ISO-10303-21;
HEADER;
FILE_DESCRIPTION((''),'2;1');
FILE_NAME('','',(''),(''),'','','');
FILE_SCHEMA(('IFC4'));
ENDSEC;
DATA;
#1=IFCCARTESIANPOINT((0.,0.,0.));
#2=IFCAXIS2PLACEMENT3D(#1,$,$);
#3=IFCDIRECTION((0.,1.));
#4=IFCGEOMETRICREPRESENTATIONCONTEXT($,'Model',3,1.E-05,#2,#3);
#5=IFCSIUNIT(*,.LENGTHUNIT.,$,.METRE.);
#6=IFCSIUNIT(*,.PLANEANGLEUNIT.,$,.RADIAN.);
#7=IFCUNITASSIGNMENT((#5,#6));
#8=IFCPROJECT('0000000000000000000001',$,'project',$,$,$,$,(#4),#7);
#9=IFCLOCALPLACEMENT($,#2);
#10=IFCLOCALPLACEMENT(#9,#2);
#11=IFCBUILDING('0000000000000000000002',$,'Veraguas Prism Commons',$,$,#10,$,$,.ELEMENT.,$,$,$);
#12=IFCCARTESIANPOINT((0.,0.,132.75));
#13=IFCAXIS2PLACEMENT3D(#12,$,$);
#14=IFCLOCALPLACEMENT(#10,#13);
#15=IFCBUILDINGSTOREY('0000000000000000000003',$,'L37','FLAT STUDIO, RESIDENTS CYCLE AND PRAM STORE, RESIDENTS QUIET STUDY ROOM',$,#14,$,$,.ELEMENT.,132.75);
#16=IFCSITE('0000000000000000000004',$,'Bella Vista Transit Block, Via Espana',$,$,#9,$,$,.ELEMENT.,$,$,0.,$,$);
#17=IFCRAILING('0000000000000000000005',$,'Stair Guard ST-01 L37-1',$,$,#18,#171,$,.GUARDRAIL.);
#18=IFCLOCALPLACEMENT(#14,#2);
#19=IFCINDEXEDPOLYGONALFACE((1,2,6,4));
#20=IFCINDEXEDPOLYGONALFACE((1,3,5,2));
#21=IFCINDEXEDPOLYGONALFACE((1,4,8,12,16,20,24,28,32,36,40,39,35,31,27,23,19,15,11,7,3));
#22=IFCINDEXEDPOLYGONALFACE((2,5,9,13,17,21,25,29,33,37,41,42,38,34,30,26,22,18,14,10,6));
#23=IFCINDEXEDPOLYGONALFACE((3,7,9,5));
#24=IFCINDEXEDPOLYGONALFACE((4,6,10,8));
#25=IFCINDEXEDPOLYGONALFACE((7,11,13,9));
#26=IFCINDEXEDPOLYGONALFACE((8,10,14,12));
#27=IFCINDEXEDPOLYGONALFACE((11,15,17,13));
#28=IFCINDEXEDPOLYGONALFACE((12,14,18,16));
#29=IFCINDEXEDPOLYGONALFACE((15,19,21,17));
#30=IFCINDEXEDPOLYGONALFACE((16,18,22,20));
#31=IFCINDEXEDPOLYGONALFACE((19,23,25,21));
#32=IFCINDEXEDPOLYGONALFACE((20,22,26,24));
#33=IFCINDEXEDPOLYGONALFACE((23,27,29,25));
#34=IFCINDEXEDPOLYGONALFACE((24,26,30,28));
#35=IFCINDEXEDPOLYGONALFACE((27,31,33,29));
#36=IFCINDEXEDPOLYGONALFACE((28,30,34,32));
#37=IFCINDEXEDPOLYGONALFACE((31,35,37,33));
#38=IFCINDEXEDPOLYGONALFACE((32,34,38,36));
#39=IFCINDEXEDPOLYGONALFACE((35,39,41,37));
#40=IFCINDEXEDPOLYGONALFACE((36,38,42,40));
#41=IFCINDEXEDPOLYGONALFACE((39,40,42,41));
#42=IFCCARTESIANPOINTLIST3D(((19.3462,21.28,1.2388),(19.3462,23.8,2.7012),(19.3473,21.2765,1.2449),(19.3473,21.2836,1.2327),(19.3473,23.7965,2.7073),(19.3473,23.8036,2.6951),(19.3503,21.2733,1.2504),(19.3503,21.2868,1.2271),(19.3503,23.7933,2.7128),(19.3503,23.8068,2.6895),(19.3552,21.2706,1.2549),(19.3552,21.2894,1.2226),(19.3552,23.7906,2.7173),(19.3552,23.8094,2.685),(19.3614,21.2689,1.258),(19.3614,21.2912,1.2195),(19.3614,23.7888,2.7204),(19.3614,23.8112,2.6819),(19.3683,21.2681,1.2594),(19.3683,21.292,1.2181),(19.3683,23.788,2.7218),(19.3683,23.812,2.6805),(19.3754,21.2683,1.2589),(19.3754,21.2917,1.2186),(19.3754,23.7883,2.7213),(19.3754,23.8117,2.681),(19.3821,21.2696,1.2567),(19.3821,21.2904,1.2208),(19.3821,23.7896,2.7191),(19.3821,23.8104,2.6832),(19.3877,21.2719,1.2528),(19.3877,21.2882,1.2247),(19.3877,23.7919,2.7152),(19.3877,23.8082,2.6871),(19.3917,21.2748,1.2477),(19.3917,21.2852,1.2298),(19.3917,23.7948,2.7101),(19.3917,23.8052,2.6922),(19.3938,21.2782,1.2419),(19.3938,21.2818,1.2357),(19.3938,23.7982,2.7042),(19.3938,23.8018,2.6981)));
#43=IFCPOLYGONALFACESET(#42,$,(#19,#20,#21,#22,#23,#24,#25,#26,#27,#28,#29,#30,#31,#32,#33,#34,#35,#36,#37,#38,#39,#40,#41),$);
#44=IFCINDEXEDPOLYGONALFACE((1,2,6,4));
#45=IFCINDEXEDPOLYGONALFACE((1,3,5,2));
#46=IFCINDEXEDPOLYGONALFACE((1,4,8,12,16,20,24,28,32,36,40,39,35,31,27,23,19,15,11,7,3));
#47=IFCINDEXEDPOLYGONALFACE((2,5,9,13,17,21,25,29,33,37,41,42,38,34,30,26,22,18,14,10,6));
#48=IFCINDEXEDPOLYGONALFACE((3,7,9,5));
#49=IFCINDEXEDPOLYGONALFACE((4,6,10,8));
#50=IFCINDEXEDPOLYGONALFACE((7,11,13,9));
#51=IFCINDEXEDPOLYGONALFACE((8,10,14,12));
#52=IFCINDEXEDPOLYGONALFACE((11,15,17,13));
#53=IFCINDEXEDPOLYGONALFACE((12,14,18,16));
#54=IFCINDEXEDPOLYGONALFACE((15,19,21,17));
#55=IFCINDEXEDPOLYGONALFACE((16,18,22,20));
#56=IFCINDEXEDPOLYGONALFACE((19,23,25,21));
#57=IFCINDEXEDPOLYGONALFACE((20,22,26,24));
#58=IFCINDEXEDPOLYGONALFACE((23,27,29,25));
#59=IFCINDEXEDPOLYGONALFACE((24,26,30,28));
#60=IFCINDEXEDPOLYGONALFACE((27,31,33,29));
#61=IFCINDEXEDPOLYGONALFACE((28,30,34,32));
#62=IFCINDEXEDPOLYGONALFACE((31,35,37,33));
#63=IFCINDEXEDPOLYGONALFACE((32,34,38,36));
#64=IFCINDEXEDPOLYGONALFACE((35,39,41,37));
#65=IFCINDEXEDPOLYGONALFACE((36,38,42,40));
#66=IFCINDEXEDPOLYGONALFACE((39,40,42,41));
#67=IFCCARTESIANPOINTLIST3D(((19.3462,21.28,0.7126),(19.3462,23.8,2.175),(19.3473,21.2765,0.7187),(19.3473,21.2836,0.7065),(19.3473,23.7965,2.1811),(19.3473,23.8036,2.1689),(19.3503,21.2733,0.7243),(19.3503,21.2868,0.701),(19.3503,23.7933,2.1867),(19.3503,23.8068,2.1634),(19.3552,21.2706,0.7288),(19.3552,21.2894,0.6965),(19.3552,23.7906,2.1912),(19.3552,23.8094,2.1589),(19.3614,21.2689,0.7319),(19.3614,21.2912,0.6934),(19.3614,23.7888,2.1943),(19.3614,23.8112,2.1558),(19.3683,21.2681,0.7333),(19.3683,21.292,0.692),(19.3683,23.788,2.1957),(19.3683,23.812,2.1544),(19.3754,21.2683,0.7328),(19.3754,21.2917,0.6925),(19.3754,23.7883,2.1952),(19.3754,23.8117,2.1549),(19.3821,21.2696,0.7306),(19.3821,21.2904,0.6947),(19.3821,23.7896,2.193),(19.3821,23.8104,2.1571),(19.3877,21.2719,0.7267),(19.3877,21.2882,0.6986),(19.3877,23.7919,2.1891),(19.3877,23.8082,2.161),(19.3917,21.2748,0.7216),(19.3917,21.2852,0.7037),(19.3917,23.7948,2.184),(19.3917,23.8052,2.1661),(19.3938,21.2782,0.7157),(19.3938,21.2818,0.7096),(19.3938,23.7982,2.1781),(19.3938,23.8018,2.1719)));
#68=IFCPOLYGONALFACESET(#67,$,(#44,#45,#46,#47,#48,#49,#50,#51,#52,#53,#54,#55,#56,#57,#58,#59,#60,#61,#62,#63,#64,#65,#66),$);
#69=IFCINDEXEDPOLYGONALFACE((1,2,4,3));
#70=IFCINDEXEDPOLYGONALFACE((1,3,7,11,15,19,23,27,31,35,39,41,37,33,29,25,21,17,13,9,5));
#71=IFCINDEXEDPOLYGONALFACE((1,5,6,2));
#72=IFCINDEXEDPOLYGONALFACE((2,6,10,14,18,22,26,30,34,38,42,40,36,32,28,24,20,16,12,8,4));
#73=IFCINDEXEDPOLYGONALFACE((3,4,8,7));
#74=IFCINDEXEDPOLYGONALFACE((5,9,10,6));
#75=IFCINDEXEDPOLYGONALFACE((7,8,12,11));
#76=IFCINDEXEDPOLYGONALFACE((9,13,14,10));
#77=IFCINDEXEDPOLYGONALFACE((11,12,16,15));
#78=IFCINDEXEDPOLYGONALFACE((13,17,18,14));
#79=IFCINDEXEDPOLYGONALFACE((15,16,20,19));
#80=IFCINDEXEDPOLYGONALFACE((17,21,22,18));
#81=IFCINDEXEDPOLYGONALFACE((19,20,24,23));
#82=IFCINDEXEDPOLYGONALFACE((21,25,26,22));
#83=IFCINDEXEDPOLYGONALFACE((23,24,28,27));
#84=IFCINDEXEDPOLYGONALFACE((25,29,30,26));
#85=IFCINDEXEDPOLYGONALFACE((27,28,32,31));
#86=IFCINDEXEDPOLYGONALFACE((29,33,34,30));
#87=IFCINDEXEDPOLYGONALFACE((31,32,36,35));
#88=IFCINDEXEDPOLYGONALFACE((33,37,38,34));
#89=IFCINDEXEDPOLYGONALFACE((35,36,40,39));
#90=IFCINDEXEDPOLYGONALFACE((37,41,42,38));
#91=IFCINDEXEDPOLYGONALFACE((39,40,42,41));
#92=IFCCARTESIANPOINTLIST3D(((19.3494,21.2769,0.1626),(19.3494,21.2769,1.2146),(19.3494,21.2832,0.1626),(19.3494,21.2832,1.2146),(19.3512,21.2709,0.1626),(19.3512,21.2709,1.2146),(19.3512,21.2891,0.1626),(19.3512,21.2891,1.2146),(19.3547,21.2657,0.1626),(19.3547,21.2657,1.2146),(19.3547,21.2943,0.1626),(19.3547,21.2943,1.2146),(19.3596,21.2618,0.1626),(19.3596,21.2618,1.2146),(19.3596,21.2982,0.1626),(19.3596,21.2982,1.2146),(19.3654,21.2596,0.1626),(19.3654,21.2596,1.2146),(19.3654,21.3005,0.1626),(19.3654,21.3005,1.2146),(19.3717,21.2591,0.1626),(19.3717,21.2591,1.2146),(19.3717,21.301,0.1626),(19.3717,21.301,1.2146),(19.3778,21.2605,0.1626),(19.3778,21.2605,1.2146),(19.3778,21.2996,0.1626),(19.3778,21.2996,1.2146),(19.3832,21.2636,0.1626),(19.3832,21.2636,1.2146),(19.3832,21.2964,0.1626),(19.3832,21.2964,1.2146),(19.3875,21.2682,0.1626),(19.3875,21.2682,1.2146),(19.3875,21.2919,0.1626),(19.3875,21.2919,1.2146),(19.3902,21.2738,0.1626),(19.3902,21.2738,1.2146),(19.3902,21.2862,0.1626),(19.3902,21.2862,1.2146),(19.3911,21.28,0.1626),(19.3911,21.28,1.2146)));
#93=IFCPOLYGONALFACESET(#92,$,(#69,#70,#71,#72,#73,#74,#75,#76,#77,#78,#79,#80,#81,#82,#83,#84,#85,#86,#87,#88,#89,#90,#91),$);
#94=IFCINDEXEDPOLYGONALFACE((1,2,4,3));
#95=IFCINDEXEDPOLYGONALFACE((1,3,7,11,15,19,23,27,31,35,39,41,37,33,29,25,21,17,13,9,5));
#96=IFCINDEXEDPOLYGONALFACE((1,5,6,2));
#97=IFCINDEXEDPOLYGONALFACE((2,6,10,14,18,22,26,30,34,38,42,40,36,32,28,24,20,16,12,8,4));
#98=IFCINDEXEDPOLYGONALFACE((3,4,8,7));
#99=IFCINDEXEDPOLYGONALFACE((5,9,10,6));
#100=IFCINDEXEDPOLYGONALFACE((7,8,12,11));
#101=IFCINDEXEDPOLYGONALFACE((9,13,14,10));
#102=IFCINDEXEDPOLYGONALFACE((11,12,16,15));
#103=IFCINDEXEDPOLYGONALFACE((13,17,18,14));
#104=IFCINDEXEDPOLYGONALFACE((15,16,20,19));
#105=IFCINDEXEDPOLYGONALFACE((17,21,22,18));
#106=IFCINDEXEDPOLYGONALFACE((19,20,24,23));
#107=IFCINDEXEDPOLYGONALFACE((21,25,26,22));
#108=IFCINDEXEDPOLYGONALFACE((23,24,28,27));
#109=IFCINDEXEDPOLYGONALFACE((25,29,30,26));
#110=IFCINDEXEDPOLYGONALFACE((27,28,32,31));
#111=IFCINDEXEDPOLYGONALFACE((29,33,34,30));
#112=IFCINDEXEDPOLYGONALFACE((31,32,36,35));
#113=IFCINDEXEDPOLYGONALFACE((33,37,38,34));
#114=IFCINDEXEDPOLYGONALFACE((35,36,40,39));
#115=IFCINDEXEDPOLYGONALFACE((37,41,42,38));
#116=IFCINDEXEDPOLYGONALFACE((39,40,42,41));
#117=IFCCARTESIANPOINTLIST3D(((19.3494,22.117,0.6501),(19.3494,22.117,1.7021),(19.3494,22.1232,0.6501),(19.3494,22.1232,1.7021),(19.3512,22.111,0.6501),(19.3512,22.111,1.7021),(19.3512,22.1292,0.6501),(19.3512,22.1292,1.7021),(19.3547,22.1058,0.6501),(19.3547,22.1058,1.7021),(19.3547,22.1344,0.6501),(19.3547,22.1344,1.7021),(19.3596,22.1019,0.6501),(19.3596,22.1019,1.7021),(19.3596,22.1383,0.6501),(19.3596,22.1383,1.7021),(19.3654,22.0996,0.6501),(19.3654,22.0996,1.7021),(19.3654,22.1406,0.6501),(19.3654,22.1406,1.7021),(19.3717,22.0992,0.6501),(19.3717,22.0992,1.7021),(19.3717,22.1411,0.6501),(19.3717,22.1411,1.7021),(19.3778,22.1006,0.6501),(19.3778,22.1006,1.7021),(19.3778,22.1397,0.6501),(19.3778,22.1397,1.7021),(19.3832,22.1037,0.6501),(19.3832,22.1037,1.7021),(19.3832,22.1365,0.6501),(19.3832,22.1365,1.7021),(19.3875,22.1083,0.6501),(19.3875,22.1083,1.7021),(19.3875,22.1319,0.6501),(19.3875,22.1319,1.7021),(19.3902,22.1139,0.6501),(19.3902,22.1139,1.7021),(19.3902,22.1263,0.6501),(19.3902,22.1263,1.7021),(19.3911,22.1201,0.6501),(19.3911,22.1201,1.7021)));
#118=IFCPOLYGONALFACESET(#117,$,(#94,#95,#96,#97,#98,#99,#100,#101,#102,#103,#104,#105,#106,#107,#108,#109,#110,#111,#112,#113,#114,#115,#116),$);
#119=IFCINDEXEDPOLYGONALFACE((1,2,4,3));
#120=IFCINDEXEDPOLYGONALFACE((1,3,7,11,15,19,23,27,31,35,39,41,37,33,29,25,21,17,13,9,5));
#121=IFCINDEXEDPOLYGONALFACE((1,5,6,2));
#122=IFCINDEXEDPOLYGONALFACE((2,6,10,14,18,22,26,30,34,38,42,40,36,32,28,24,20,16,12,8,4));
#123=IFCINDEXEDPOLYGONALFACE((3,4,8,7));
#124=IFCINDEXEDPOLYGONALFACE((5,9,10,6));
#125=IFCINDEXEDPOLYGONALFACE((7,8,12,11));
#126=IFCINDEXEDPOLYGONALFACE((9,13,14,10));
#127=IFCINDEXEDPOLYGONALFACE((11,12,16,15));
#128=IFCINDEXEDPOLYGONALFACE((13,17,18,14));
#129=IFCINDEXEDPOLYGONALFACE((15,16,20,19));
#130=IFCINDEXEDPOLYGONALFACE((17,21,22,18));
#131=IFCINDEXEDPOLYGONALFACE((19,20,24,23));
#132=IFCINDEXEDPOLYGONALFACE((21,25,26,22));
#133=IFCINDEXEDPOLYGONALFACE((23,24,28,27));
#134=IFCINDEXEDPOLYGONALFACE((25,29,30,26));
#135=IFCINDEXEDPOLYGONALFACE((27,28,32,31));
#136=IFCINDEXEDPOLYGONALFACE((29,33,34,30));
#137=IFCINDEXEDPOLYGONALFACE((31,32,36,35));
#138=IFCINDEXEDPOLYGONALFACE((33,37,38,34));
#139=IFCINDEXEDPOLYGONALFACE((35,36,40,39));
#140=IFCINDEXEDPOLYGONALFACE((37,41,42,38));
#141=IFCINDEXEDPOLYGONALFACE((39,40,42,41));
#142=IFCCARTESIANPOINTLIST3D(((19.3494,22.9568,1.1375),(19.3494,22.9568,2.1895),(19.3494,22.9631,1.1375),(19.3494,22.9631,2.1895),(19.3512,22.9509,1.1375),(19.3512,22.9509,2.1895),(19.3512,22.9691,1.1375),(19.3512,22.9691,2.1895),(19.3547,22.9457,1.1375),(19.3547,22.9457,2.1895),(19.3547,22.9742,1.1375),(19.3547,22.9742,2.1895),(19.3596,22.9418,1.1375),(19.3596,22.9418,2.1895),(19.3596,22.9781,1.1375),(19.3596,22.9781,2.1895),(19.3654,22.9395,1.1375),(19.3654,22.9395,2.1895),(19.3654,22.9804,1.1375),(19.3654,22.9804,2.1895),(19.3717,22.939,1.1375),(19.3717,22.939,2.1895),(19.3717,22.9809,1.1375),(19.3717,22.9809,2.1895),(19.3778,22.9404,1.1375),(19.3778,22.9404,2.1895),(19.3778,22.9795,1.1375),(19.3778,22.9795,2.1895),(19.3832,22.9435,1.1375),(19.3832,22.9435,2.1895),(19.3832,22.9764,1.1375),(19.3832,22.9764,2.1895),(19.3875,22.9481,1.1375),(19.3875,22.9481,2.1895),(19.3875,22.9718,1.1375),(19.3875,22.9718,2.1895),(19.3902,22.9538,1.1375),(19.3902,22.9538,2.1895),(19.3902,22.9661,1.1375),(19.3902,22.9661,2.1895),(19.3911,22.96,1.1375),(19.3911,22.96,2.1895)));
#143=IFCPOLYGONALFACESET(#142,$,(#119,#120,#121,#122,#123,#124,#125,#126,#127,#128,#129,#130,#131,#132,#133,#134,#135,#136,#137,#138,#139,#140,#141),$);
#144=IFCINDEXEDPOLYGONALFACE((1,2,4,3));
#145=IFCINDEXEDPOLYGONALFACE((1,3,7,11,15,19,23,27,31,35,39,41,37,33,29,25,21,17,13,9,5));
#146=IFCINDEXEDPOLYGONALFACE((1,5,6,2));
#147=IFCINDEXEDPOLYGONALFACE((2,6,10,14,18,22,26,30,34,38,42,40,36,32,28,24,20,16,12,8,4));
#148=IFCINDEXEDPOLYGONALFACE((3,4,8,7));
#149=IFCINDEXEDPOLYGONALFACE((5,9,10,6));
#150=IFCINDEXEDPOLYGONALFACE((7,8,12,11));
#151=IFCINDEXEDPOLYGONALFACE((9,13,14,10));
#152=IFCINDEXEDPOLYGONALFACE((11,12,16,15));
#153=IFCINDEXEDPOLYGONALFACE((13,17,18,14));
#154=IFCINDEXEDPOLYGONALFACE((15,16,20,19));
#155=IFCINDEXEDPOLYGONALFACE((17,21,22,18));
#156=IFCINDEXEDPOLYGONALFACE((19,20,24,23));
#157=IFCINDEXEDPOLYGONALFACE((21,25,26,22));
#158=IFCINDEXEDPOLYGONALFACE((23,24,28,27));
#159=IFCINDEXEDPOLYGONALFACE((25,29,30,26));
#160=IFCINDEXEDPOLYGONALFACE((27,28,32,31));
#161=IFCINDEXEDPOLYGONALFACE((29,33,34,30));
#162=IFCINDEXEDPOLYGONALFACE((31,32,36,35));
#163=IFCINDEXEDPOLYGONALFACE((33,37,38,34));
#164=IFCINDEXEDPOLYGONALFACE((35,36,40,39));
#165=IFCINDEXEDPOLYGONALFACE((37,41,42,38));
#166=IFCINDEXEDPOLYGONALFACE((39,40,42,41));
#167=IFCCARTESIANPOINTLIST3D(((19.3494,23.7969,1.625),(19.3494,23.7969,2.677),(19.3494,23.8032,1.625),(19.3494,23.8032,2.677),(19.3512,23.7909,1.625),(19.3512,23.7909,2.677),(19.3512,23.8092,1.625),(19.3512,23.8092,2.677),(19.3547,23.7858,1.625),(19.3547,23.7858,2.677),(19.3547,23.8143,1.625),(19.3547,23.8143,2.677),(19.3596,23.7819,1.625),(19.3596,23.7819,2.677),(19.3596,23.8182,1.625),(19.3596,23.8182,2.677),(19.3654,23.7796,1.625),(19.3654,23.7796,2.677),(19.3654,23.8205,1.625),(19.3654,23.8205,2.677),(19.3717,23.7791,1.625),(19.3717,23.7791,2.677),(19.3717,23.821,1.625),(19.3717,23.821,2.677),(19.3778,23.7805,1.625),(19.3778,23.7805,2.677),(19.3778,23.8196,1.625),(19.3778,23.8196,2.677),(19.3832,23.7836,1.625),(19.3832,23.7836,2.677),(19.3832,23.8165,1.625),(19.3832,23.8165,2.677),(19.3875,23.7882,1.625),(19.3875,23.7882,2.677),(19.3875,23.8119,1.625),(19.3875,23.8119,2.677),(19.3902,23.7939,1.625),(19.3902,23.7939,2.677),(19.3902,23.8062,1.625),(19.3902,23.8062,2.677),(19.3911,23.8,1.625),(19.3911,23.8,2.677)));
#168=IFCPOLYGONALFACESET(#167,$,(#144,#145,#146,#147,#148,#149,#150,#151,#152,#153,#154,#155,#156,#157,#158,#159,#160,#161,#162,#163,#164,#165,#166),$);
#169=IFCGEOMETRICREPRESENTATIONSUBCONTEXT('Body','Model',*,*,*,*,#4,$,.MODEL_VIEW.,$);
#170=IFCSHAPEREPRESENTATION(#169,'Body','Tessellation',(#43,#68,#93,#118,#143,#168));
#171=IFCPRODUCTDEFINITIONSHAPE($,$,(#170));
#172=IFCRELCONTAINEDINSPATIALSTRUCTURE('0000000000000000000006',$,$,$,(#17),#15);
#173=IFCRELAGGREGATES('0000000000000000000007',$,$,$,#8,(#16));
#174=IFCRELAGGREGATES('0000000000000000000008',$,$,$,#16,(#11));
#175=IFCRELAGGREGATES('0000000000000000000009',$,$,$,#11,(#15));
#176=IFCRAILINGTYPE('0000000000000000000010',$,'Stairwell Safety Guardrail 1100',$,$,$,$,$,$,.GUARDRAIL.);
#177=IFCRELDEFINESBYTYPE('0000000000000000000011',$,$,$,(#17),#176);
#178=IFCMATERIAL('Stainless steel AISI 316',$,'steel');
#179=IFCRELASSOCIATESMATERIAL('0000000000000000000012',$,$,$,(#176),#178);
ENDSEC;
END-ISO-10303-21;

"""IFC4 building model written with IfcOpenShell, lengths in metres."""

from ifc_helpers import new_model, si_unit, direction, frame, origin, origin_2d, place, context, subcontext, project, spatial, circle, extrude, material, type_object, element, save


model = new_model("IFC4")

# Units and contexts
model_context = context("Model", 3, precision=1e-05, world=origin(), true_north=direction((0.0, 1.0)))
body_context = subcontext(model_context, "Body", "Model", "MODEL_VIEW")
ifc_project = project(units=[si_unit("LENGTHUNIT", "METRE"), si_unit("PLANEANGLEUNIT", "RADIAN")], contexts=[model_context])

# Site, building, storey
site_placement = place(None, origin())
site = spatial("IfcSite", under=ifc_project, at=site_placement, Name="Bella Vista Transit Block, Via Espana", CompositionType="ELEMENT", RefElevation=0.0)
building_placement = place(site_placement, origin())
building = spatial("IfcBuilding", under=site, at=building_placement, Name="Veraguas Prism Commons", CompositionType="ELEMENT")
storey_placement = place(building_placement, frame((0.0, 0.0, 132.75)))
storey = spatial("IfcBuildingStorey", under=building, at=storey_placement, Name="L37", Description="FLAT STUDIO, RESIDENTS CYCLE AND PRAM STORE, RESIDENTS QUIET STUDY ROOM", CompositionType="ELEMENT", Elevation=132.75)

# Railing
ifc_material_1 = material(Name="Stainless steel AISI 316", Category="steel")
railing_type_1 = type_object("IfcRailingType", Name="Stairwell Safety Guardrail 1100", PredefinedType="GUARDRAIL", material=ifc_material_1)
railing_1_placement = place(storey_placement, frame((19.3701, 21.28, 0.1626)))
element("IfcRailing", 1, at=railing_1_placement, inside=storey, type_object=railing_type_1, Name="Stair Guard ST-01 L37-1", PredefinedType="GUARDRAIL", context=body_context, shape_type="SweptSolid", body=[
    extrude(circle(Radius=0.0239, at=origin_2d()), frame((0.0, 0.0, 1.0762), z_axis=(0.0, 0.864913, 0.501921), x_axis=(-1.0, 0.0, 0.0)), (0.0, 0.0, 1.0), 2.9136),
    extrude(circle(Radius=0.0239, at=origin_2d()), frame((0.0, 0.0, 0.55), z_axis=(0.0, 0.864913, 0.501921), x_axis=(-1.0, 0.0, 0.0)), (0.0, 0.0, 1.0), 2.9136),
    extrude(circle(Radius=0.021, at=origin_2d()), origin(), (0.0, 0.0, 1.0), 1.052),
    extrude(circle(Radius=0.021, at=origin_2d()), frame((0.0, 0.8401, 0.4875)), (0.0, 0.0, 1.0), 1.052),
    extrude(circle(Radius=0.021, at=origin_2d()), frame((0.0, 1.6799, 0.9749)), (0.0, 0.0, 1.0), 1.052),
    extrude(circle(Radius=0.021, at=origin_2d()), frame((0.0, 2.52, 1.4624)), (0.0, 0.0, 1.0), 1.052),
])

save(model, "model.ifc")
